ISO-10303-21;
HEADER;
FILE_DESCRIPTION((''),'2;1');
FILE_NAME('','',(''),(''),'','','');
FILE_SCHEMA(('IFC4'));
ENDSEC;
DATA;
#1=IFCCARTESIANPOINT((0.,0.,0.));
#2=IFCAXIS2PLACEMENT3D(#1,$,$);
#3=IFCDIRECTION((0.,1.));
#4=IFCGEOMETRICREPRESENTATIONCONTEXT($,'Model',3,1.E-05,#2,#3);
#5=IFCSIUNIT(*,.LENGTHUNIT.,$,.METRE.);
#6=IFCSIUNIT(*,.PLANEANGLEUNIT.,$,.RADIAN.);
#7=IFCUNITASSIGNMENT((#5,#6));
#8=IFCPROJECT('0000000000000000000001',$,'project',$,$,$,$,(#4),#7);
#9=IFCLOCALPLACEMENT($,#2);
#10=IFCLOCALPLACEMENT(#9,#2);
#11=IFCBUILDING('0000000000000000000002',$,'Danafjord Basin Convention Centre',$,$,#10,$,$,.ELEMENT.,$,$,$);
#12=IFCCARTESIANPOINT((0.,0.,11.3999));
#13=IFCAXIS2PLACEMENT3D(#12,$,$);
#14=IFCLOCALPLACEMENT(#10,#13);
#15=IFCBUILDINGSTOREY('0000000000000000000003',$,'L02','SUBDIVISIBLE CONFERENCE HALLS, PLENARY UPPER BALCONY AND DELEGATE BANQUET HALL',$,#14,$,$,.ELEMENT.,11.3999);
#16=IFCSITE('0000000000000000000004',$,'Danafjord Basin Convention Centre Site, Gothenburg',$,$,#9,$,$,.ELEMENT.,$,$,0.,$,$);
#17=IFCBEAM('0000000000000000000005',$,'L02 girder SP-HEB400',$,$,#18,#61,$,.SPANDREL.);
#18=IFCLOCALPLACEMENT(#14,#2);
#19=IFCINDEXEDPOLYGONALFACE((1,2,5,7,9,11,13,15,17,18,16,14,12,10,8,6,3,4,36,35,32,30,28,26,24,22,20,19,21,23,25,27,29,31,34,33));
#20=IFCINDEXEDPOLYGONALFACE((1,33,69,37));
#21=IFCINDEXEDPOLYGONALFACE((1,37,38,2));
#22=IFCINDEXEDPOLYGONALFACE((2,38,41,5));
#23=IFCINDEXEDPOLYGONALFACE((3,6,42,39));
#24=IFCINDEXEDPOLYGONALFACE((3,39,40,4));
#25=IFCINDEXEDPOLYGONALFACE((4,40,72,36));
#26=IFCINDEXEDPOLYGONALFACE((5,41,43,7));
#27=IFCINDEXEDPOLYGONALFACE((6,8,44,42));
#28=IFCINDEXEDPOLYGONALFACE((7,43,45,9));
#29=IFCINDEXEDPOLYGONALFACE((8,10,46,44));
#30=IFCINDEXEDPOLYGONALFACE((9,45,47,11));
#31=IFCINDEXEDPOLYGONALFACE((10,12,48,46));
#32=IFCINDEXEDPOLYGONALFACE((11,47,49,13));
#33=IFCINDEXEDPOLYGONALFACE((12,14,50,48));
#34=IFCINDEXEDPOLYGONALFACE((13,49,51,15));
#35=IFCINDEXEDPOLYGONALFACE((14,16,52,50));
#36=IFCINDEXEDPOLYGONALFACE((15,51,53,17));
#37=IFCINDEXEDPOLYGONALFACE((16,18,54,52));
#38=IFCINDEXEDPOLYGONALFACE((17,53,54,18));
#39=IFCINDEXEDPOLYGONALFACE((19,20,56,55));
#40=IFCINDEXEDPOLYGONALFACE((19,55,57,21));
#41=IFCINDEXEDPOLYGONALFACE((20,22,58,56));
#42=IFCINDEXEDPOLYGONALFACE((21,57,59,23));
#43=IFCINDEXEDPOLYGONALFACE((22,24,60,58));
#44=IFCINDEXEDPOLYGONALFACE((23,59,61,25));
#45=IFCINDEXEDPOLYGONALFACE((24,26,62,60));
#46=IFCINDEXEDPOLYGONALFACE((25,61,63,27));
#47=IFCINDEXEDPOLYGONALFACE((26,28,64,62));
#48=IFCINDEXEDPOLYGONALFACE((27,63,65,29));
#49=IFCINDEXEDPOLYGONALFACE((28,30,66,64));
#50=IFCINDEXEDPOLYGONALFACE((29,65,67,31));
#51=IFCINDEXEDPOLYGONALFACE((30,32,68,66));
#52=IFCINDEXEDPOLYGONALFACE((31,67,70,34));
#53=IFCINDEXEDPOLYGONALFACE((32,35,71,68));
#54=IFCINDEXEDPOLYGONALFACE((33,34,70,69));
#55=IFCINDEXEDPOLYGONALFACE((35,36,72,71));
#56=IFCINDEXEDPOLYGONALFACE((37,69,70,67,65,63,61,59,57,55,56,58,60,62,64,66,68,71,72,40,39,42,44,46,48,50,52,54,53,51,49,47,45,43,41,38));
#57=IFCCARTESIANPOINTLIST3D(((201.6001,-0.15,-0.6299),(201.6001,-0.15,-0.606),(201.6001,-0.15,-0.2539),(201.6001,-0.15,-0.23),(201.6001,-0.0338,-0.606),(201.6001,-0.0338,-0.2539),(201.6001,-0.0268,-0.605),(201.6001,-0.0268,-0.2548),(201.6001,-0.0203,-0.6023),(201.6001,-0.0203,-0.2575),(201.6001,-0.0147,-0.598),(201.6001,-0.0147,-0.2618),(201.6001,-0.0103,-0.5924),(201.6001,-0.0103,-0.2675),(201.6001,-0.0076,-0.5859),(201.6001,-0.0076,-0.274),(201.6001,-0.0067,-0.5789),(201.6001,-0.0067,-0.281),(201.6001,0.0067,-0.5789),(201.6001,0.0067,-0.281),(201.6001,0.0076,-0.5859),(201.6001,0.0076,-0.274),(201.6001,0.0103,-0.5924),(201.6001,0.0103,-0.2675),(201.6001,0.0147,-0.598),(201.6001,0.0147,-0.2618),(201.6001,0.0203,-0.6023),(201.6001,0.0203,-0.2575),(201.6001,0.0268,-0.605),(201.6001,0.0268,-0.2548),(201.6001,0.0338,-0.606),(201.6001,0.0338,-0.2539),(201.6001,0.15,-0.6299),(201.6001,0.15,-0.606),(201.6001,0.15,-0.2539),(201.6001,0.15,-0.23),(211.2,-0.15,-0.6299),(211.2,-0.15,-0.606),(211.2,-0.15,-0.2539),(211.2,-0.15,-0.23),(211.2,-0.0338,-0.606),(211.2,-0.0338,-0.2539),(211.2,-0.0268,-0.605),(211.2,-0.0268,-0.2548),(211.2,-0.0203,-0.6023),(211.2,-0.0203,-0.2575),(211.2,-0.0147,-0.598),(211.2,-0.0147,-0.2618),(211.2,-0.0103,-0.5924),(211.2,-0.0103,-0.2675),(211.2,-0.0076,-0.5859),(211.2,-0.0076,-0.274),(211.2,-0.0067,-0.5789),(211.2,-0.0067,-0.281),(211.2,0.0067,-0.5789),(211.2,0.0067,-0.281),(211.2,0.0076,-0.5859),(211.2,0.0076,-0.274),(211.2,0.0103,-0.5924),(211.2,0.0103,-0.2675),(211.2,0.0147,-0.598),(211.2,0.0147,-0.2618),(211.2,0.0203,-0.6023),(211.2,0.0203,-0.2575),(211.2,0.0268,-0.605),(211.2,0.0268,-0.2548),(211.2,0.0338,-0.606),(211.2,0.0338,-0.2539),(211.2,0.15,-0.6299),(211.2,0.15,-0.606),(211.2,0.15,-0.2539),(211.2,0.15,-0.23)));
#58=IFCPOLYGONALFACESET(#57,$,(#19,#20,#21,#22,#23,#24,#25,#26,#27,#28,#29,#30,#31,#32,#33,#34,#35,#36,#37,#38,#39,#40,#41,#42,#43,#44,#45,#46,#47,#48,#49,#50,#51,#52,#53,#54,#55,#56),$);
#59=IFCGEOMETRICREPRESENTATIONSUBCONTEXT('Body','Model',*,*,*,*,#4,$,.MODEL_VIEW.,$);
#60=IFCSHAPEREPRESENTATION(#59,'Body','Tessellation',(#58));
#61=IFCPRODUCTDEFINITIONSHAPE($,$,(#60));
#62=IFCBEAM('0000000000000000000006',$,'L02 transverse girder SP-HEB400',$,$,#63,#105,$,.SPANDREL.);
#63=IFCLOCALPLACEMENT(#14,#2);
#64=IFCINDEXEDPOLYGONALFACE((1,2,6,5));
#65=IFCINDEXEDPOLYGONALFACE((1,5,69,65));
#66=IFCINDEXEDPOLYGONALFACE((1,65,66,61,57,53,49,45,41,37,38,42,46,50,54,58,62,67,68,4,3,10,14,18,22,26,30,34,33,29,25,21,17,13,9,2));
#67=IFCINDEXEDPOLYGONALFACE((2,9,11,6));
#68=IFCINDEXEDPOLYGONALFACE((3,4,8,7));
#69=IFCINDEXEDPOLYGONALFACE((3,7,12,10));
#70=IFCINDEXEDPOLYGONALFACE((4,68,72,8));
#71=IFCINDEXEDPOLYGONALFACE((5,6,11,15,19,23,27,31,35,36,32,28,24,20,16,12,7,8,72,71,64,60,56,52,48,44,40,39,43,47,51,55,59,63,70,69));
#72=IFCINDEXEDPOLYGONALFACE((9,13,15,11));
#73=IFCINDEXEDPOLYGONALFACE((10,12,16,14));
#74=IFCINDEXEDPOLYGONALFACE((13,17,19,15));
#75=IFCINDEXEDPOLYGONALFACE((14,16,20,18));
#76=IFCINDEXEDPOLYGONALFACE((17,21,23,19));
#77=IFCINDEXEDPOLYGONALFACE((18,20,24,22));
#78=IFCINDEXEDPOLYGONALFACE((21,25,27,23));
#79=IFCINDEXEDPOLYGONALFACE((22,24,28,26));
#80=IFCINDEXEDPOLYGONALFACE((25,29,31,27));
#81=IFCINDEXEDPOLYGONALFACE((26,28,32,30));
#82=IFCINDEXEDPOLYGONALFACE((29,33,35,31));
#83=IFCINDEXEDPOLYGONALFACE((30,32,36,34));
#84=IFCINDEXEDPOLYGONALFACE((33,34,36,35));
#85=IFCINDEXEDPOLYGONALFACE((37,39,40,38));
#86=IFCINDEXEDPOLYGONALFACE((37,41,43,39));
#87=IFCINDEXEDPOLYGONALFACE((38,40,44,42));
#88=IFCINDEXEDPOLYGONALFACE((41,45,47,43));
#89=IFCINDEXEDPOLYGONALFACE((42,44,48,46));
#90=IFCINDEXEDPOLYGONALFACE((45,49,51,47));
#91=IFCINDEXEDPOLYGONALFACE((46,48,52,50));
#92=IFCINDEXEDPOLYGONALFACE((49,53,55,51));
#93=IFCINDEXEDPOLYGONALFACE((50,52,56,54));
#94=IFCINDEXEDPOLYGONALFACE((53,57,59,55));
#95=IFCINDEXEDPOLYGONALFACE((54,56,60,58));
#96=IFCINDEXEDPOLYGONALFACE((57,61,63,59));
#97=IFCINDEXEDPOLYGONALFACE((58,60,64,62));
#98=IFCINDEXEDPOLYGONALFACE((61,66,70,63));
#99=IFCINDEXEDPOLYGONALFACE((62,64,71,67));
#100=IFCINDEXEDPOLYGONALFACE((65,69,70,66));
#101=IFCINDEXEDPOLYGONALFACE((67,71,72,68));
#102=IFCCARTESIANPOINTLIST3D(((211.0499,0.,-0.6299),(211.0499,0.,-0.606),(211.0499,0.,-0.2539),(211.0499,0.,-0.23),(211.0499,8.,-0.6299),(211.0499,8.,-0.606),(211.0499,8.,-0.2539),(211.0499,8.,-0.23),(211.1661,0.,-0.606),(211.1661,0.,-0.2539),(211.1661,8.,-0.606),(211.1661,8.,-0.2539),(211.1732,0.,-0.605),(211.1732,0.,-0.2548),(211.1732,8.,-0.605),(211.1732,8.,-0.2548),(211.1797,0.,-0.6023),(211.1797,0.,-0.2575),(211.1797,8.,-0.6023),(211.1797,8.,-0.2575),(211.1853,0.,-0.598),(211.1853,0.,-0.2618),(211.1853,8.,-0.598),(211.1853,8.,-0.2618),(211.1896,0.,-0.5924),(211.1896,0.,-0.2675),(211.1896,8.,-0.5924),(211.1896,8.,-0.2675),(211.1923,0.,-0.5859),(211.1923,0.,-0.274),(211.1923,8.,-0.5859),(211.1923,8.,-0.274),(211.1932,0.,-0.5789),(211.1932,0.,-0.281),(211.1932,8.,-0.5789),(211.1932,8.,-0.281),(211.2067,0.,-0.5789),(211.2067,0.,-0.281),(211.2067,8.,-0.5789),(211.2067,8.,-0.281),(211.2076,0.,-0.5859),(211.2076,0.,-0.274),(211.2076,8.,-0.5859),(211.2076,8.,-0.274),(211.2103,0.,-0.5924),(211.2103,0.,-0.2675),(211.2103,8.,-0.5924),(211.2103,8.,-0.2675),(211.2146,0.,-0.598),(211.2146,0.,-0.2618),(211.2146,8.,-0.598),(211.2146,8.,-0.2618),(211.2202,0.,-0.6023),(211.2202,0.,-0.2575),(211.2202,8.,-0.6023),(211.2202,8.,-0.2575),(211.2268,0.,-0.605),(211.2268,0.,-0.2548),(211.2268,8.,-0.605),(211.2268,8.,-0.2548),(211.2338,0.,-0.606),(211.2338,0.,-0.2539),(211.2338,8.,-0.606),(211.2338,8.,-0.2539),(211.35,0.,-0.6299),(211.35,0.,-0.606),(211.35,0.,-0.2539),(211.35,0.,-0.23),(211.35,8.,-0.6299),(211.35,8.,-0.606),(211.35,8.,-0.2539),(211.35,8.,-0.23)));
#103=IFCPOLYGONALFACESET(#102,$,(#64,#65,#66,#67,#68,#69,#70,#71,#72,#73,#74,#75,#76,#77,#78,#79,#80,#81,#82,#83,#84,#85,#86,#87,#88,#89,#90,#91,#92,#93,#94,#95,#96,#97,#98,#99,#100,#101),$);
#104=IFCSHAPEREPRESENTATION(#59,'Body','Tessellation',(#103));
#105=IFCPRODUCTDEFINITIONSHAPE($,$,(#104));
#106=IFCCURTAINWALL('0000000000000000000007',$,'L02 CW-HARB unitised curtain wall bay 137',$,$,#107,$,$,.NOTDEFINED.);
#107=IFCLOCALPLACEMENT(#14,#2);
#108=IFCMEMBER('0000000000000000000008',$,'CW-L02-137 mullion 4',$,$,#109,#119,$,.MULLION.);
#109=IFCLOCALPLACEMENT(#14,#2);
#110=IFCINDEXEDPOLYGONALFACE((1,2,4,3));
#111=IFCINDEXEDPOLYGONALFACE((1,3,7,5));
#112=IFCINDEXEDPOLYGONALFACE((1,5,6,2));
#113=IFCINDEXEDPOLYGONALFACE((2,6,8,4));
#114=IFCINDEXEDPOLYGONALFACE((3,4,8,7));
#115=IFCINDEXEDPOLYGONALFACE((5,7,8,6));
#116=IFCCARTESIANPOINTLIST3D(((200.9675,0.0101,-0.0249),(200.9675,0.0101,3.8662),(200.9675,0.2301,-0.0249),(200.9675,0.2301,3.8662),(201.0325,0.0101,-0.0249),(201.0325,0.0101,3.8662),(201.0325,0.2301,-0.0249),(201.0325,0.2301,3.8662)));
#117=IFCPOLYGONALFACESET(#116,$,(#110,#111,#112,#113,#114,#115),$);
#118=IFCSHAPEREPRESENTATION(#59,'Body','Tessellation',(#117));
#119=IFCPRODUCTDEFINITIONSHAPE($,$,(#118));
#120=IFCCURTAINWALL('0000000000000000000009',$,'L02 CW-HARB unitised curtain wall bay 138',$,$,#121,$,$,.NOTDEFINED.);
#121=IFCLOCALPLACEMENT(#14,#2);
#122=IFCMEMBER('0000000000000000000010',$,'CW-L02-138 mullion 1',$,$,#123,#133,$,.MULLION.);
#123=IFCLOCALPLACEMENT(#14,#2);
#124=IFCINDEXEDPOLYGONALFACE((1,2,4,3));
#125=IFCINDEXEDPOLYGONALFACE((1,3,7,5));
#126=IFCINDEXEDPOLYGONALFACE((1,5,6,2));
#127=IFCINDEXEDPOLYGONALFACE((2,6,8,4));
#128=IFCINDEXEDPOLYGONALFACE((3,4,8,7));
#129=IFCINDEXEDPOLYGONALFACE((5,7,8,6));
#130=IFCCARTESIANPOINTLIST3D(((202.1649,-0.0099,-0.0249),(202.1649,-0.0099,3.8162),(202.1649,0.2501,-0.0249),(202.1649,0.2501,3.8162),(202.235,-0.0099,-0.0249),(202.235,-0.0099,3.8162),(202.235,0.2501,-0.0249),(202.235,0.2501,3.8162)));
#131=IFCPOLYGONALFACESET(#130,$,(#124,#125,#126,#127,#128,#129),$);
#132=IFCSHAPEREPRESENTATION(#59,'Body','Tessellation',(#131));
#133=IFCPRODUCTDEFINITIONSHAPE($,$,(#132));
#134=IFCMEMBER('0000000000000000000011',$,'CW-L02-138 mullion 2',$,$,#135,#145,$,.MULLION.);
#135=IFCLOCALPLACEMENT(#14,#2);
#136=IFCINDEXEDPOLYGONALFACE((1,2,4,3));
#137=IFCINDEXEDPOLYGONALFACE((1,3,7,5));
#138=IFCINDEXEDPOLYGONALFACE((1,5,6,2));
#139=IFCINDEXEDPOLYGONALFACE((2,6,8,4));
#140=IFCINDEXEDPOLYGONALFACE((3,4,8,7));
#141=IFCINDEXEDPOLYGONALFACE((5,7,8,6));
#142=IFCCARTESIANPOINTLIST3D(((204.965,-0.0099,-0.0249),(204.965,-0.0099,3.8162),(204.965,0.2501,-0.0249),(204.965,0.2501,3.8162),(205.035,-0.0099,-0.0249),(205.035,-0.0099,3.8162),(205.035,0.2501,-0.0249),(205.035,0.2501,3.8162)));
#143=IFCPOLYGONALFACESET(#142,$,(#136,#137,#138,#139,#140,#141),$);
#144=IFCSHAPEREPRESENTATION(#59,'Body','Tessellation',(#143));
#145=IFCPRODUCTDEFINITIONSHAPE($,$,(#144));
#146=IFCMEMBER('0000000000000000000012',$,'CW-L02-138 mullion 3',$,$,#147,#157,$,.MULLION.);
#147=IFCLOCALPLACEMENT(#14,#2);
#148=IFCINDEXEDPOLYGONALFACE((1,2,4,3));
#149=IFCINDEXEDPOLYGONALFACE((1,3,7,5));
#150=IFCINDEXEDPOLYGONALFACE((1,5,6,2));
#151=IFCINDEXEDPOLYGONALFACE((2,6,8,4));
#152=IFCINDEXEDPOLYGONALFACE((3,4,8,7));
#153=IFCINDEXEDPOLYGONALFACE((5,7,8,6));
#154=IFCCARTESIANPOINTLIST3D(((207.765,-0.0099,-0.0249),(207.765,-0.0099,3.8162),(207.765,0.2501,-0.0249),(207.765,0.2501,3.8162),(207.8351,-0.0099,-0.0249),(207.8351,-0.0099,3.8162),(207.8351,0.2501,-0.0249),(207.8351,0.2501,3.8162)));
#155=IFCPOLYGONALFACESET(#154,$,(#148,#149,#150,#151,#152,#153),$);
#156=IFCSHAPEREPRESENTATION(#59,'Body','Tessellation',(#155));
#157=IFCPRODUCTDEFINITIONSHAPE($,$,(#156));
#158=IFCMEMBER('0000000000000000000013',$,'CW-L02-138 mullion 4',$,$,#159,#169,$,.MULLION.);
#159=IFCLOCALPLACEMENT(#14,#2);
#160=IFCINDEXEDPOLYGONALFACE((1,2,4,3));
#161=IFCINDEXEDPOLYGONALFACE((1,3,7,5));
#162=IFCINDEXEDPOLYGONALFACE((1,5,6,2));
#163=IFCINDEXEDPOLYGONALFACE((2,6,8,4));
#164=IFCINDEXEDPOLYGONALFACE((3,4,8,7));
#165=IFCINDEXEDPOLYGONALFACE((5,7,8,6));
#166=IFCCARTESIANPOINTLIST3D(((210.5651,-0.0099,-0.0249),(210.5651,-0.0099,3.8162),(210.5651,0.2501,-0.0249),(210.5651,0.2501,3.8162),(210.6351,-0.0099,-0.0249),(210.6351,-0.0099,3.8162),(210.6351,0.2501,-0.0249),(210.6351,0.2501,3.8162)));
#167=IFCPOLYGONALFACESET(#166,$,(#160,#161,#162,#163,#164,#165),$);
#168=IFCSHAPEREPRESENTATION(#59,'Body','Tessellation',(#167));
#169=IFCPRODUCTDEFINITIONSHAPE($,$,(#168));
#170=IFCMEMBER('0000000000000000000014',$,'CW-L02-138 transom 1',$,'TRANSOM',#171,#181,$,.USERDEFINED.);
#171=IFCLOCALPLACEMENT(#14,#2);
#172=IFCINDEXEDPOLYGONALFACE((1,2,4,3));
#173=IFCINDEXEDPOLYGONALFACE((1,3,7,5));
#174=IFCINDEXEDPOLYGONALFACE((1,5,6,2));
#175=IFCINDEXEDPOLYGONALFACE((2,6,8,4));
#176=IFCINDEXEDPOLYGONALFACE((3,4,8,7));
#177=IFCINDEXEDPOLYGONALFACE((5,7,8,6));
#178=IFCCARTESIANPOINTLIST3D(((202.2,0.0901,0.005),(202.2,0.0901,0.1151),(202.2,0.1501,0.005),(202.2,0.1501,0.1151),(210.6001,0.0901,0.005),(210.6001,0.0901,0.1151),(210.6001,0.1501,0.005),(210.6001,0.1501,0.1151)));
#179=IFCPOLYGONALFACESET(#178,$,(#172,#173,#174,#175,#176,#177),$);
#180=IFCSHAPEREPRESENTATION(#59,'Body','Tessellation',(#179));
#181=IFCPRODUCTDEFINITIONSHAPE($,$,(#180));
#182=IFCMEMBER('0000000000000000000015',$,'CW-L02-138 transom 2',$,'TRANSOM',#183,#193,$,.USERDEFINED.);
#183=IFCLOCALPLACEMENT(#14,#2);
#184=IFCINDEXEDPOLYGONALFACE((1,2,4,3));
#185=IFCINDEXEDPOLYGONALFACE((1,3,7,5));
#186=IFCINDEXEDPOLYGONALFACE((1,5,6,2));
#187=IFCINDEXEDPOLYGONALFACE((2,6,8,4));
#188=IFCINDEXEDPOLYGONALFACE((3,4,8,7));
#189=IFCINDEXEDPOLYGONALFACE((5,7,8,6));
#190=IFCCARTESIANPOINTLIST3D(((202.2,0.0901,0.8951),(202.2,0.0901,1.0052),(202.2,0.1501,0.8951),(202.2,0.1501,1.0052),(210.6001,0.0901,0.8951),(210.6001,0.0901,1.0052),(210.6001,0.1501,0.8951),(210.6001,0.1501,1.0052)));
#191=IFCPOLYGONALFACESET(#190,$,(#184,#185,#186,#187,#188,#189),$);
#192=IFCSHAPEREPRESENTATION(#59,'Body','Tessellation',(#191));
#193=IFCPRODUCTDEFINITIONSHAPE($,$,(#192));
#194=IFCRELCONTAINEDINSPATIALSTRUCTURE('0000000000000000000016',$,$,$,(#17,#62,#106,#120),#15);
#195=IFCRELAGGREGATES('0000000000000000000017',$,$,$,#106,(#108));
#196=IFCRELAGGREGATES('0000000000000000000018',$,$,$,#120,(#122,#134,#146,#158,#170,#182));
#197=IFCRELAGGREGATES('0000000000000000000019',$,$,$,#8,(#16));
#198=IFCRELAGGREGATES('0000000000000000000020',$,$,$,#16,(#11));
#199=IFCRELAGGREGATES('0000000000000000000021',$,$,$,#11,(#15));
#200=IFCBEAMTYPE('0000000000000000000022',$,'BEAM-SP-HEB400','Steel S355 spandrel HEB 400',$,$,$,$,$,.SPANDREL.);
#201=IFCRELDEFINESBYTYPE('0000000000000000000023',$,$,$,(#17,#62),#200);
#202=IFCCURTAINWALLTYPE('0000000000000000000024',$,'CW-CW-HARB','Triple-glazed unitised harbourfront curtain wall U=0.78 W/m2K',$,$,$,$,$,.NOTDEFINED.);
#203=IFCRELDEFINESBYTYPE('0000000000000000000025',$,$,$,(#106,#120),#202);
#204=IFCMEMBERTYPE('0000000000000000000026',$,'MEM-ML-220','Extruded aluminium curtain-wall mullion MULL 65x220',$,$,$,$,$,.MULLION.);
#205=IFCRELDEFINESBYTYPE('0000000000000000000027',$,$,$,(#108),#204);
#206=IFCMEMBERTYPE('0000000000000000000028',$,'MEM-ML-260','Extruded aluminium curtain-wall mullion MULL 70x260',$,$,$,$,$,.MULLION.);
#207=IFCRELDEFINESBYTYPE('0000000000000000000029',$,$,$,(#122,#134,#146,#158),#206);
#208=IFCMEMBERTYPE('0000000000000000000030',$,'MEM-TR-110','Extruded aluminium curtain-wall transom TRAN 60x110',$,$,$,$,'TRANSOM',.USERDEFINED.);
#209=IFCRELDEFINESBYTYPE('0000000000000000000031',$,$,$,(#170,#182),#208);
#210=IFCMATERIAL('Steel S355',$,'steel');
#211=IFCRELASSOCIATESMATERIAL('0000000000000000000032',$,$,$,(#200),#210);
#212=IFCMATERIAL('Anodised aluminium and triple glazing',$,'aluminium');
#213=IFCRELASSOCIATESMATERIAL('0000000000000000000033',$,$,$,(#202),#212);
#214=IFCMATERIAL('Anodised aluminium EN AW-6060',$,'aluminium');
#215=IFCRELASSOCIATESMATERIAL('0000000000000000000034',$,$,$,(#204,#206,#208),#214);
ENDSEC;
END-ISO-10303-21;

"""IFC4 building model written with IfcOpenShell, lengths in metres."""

from ifc_helpers import new_model, si_unit, direction, frame, origin, origin_2d, place, context, subcontext, project, spatial, rectangle, i_section, extrude, material, material_profile, profile_set, type_object, element, aggregate, save


model = new_model("IFC4")

# Units and contexts
model_context = context("Model", 3, precision=1e-05, world=origin(), true_north=direction((0.0, 1.0)))
body_context = subcontext(model_context, "Body", "Model", "MODEL_VIEW")
ifc_project = project(units=[si_unit("LENGTHUNIT", "METRE"), si_unit("PLANEANGLEUNIT", "RADIAN")], contexts=[model_context])

# Site, building, storey
site_placement = place(None, origin())
site = spatial("IfcSite", under=ifc_project, at=site_placement, Name="Danafjord Basin Convention Centre Site, Gothenburg", CompositionType="ELEMENT", RefElevation=0.0)
building_placement = place(site_placement, origin())
building = spatial("IfcBuilding", under=site, at=building_placement, Name="Danafjord Basin Convention Centre", CompositionType="ELEMENT")
storey_placement = place(building_placement, frame((0.0, 0.0, 11.3999)))
storey = spatial("IfcBuildingStorey", under=building, at=storey_placement, Name="L02", Description="SUBDIVISIBLE CONFERENCE HALLS, PLENARY UPPER BALCONY AND DELEGATE BANQUET HALL", CompositionType="ELEMENT", Elevation=11.3999)

# Shared definitions
ifc_material_1 = material(Name="Steel S355", Category="steel")

# Beams
ifc_material_profile_1 = material_profile(ifc_material_1, i_section(OverallWidth=0.3, OverallDepth=0.3999, WebThickness=0.0134, FlangeThickness=0.0239, FilletRadius=0.0271, at=origin_2d()), Name="HEB 400")
ifc_profile_set_1 = profile_set([ifc_material_profile_1], Name="Steel S355")
beam_type_1 = type_object("IfcBeamType", Name="BEAM-SP-HEB400", Description="Steel S355 spandrel HEB 400", PredefinedType="SPANDREL", material=ifc_profile_set_1)
beam_1_placement = place(storey_placement, frame((201.6001, 0.0, -0.4299), z_axis=(1.0, 0.0, 0.0), x_axis=(0.0, 1.0, 0.0)))
element("IfcBeam", 1, at=beam_1_placement, inside=storey, type_object=beam_type_1, Name="L02 girder SP-HEB400", PredefinedType="SPANDREL", context=body_context, shape_type="SweptSolid", body=[
    extrude(i_section(OverallWidth=0.3, OverallDepth=0.3999, WebThickness=0.0134, FlangeThickness=0.0239, FilletRadius=0.0271, at=origin_2d()), origin(), (0.0, 0.0, 1.0), 9.5999),
])
beam_2_placement = place(storey_placement, frame((211.2, 0.0, -0.4299), z_axis=(0.0, 1.0, 0.0), x_axis=(-1.0, 0.0, 0.0)))
element("IfcBeam", 2, at=beam_2_placement, inside=storey, type_object=beam_type_1, Name="L02 transverse girder SP-HEB400", PredefinedType="SPANDREL", context=body_context, shape_type="SweptSolid", body=[
    extrude(i_section(OverallWidth=0.3, OverallDepth=0.3999, WebThickness=0.0134, FlangeThickness=0.0239, FilletRadius=0.0271, at=origin_2d()), origin(), (0.0, 0.0, 1.0), 8.0),
])

# Curtain wall, member
ifc_material_2 = material(Name="Anodised aluminium and triple glazing", Category="aluminium")
curtain_wall_type = type_object("IfcCurtainWallType", Name="CW-CW-HARB", Description="Triple-glazed unitised harbourfront curtain wall U=0.78 W/m2K", PredefinedType="NOTDEFINED", material=ifc_material_2)
curtain_wall_1_placement = place(storey_placement, origin())
curtain_wall_1 = element("IfcCurtainWall", 3, at=curtain_wall_1_placement, inside=storey, type_object=curtain_wall_type, Name="L02 CW-HARB unitised curtain wall bay 137", PredefinedType="NOTDEFINED")
ifc_material_3 = material(Name="Anodised aluminium EN AW-6060", Category="aluminium")
ifc_material_profile_2 = material_profile(ifc_material_3, rectangle(XDim=0.0649, YDim=0.22, at=origin_2d()), Name="MULL 65x220")
ifc_profile_set_2 = profile_set([ifc_material_profile_2], Name="Anodised aluminium EN AW-6060")
member_type_1 = type_object("IfcMemberType", Name="MEM-ML-220", Description="Extruded aluminium curtain-wall mullion MULL 65x220", PredefinedType="MULLION", material=ifc_profile_set_2)
member_1_placement = place(storey_placement, frame((201.0, 0.1201, -0.0249), z_axis=(0.0, 0.0, 1.0), x_axis=(1.0, 0.0, 0.0)))
member_1 = element("IfcMember", 4, at=member_1_placement, type_object=member_type_1, Name="CW-L02-137 mullion 4", PredefinedType="MULLION", context=body_context, shape_type="SweptSolid", body=[
    extrude(rectangle(XDim=0.0649, YDim=0.22, at=origin_2d()), origin(), (0.0, 0.0, 1.0), 3.8911),
])
aggregate(curtain_wall_1, [member_1])

# Curtain wall, members
curtain_wall_2_placement = place(storey_placement, origin())
curtain_wall_2 = element("IfcCurtainWall", 5, at=curtain_wall_2_placement, inside=storey, type_object=curtain_wall_type, Name="L02 CW-HARB unitised curtain wall bay 138", PredefinedType="NOTDEFINED")
ifc_material_profile_3 = material_profile(ifc_material_3, rectangle(XDim=0.0701, YDim=0.26, at=origin_2d()), Name="MULL 70x260")
ifc_profile_set_3 = profile_set([ifc_material_profile_3], Name="Anodised aluminium EN AW-6060")
member_type_2 = type_object("IfcMemberType", Name="MEM-ML-260", Description="Extruded aluminium curtain-wall mullion MULL 70x260", PredefinedType="MULLION", material=ifc_profile_set_3)
member_2_placement = place(storey_placement, frame((202.2, 0.1201, -0.0249), z_axis=(0.0, 0.0, 1.0), x_axis=(1.0, 0.0, 0.0)))
member_2 = element("IfcMember", 6, at=member_2_placement, type_object=member_type_2, Name="CW-L02-138 mullion 1", PredefinedType="MULLION", context=body_context, shape_type="SweptSolid", body=[
    extrude(rectangle(XDim=0.0701, YDim=0.26, at=origin_2d()), origin(), (0.0, 0.0, 1.0), 3.8411),
])
member_3_placement = place(storey_placement, frame((205.0, 0.1201, -0.0249), z_axis=(0.0, 0.0, 1.0), x_axis=(1.0, 0.0, 0.0)))
member_3 = element("IfcMember", 7, at=member_3_placement, type_object=member_type_2, Name="CW-L02-138 mullion 2", PredefinedType="MULLION", context=body_context, shape_type="SweptSolid", body=[
    extrude(rectangle(XDim=0.0701, YDim=0.26, at=origin_2d()), origin(), (0.0, 0.0, 1.0), 3.8411),
])
member_4_placement = place(storey_placement, frame((207.8, 0.1201, -0.0249), z_axis=(0.0, 0.0, 1.0), x_axis=(1.0, 0.0, 0.0)))
member_4 = element("IfcMember", 8, at=member_4_placement, type_object=member_type_2, Name="CW-L02-138 mullion 3", PredefinedType="MULLION", context=body_context, shape_type="SweptSolid", body=[
    extrude(rectangle(XDim=0.0701, YDim=0.26, at=origin_2d()), origin(), (0.0, 0.0, 1.0), 3.8411),
])
member_5_placement = place(storey_placement, frame((210.6001, 0.1201, -0.0249), z_axis=(0.0, 0.0, 1.0), x_axis=(1.0, 0.0, 0.0)))
member_5 = element("IfcMember", 9, at=member_5_placement, type_object=member_type_2, Name="CW-L02-138 mullion 4", PredefinedType="MULLION", context=body_context, shape_type="SweptSolid", body=[
    extrude(rectangle(XDim=0.0701, YDim=0.26, at=origin_2d()), origin(), (0.0, 0.0, 1.0), 3.8411),
])
ifc_material_profile_4 = material_profile(ifc_material_3, rectangle(XDim=0.0601, YDim=0.1101, at=origin_2d()), Name="TRAN 60x110")
ifc_profile_set_4 = profile_set([ifc_material_profile_4], Name="Anodised aluminium EN AW-6060")
member_type_3 = type_object("IfcMemberType", Name="MEM-TR-110", Description="Extruded aluminium curtain-wall transom TRAN 60x110", ElementType="TRANSOM", PredefinedType="USERDEFINED", material=ifc_profile_set_4)
member_6_placement = place(storey_placement, frame((202.2, 0.1201, 0.0601), z_axis=(1.0, 0.0, 0.0), x_axis=(0.0, 1.0, 0.0)))
member_6 = element("IfcMember", 10, at=member_6_placement, type_object=member_type_3, Name="CW-L02-138 transom 1", ObjectType="TRANSOM", PredefinedType="USERDEFINED", context=body_context, shape_type="SweptSolid", body=[
    extrude(rectangle(XDim=0.0601, YDim=0.1101, at=origin_2d()), origin(), (0.0, 0.0, 1.0), 8.4001),
])
member_7_placement = place(storey_placement, frame((202.2, 0.1201, 0.9502), z_axis=(1.0, 0.0, 0.0), x_axis=(0.0, 1.0, 0.0)))
member_7 = element("IfcMember", 11, at=member_7_placement, type_object=member_type_3, Name="CW-L02-138 transom 2", ObjectType="TRANSOM", PredefinedType="USERDEFINED", context=body_context, shape_type="SweptSolid", body=[
    extrude(rectangle(XDim=0.0601, YDim=0.1101, at=origin_2d()), origin(), (0.0, 0.0, 1.0), 8.4001),
])
aggregate(curtain_wall_2, [member_2, member_3, member_4, member_5, member_6, member_7])

save(model, "model.ifc")
